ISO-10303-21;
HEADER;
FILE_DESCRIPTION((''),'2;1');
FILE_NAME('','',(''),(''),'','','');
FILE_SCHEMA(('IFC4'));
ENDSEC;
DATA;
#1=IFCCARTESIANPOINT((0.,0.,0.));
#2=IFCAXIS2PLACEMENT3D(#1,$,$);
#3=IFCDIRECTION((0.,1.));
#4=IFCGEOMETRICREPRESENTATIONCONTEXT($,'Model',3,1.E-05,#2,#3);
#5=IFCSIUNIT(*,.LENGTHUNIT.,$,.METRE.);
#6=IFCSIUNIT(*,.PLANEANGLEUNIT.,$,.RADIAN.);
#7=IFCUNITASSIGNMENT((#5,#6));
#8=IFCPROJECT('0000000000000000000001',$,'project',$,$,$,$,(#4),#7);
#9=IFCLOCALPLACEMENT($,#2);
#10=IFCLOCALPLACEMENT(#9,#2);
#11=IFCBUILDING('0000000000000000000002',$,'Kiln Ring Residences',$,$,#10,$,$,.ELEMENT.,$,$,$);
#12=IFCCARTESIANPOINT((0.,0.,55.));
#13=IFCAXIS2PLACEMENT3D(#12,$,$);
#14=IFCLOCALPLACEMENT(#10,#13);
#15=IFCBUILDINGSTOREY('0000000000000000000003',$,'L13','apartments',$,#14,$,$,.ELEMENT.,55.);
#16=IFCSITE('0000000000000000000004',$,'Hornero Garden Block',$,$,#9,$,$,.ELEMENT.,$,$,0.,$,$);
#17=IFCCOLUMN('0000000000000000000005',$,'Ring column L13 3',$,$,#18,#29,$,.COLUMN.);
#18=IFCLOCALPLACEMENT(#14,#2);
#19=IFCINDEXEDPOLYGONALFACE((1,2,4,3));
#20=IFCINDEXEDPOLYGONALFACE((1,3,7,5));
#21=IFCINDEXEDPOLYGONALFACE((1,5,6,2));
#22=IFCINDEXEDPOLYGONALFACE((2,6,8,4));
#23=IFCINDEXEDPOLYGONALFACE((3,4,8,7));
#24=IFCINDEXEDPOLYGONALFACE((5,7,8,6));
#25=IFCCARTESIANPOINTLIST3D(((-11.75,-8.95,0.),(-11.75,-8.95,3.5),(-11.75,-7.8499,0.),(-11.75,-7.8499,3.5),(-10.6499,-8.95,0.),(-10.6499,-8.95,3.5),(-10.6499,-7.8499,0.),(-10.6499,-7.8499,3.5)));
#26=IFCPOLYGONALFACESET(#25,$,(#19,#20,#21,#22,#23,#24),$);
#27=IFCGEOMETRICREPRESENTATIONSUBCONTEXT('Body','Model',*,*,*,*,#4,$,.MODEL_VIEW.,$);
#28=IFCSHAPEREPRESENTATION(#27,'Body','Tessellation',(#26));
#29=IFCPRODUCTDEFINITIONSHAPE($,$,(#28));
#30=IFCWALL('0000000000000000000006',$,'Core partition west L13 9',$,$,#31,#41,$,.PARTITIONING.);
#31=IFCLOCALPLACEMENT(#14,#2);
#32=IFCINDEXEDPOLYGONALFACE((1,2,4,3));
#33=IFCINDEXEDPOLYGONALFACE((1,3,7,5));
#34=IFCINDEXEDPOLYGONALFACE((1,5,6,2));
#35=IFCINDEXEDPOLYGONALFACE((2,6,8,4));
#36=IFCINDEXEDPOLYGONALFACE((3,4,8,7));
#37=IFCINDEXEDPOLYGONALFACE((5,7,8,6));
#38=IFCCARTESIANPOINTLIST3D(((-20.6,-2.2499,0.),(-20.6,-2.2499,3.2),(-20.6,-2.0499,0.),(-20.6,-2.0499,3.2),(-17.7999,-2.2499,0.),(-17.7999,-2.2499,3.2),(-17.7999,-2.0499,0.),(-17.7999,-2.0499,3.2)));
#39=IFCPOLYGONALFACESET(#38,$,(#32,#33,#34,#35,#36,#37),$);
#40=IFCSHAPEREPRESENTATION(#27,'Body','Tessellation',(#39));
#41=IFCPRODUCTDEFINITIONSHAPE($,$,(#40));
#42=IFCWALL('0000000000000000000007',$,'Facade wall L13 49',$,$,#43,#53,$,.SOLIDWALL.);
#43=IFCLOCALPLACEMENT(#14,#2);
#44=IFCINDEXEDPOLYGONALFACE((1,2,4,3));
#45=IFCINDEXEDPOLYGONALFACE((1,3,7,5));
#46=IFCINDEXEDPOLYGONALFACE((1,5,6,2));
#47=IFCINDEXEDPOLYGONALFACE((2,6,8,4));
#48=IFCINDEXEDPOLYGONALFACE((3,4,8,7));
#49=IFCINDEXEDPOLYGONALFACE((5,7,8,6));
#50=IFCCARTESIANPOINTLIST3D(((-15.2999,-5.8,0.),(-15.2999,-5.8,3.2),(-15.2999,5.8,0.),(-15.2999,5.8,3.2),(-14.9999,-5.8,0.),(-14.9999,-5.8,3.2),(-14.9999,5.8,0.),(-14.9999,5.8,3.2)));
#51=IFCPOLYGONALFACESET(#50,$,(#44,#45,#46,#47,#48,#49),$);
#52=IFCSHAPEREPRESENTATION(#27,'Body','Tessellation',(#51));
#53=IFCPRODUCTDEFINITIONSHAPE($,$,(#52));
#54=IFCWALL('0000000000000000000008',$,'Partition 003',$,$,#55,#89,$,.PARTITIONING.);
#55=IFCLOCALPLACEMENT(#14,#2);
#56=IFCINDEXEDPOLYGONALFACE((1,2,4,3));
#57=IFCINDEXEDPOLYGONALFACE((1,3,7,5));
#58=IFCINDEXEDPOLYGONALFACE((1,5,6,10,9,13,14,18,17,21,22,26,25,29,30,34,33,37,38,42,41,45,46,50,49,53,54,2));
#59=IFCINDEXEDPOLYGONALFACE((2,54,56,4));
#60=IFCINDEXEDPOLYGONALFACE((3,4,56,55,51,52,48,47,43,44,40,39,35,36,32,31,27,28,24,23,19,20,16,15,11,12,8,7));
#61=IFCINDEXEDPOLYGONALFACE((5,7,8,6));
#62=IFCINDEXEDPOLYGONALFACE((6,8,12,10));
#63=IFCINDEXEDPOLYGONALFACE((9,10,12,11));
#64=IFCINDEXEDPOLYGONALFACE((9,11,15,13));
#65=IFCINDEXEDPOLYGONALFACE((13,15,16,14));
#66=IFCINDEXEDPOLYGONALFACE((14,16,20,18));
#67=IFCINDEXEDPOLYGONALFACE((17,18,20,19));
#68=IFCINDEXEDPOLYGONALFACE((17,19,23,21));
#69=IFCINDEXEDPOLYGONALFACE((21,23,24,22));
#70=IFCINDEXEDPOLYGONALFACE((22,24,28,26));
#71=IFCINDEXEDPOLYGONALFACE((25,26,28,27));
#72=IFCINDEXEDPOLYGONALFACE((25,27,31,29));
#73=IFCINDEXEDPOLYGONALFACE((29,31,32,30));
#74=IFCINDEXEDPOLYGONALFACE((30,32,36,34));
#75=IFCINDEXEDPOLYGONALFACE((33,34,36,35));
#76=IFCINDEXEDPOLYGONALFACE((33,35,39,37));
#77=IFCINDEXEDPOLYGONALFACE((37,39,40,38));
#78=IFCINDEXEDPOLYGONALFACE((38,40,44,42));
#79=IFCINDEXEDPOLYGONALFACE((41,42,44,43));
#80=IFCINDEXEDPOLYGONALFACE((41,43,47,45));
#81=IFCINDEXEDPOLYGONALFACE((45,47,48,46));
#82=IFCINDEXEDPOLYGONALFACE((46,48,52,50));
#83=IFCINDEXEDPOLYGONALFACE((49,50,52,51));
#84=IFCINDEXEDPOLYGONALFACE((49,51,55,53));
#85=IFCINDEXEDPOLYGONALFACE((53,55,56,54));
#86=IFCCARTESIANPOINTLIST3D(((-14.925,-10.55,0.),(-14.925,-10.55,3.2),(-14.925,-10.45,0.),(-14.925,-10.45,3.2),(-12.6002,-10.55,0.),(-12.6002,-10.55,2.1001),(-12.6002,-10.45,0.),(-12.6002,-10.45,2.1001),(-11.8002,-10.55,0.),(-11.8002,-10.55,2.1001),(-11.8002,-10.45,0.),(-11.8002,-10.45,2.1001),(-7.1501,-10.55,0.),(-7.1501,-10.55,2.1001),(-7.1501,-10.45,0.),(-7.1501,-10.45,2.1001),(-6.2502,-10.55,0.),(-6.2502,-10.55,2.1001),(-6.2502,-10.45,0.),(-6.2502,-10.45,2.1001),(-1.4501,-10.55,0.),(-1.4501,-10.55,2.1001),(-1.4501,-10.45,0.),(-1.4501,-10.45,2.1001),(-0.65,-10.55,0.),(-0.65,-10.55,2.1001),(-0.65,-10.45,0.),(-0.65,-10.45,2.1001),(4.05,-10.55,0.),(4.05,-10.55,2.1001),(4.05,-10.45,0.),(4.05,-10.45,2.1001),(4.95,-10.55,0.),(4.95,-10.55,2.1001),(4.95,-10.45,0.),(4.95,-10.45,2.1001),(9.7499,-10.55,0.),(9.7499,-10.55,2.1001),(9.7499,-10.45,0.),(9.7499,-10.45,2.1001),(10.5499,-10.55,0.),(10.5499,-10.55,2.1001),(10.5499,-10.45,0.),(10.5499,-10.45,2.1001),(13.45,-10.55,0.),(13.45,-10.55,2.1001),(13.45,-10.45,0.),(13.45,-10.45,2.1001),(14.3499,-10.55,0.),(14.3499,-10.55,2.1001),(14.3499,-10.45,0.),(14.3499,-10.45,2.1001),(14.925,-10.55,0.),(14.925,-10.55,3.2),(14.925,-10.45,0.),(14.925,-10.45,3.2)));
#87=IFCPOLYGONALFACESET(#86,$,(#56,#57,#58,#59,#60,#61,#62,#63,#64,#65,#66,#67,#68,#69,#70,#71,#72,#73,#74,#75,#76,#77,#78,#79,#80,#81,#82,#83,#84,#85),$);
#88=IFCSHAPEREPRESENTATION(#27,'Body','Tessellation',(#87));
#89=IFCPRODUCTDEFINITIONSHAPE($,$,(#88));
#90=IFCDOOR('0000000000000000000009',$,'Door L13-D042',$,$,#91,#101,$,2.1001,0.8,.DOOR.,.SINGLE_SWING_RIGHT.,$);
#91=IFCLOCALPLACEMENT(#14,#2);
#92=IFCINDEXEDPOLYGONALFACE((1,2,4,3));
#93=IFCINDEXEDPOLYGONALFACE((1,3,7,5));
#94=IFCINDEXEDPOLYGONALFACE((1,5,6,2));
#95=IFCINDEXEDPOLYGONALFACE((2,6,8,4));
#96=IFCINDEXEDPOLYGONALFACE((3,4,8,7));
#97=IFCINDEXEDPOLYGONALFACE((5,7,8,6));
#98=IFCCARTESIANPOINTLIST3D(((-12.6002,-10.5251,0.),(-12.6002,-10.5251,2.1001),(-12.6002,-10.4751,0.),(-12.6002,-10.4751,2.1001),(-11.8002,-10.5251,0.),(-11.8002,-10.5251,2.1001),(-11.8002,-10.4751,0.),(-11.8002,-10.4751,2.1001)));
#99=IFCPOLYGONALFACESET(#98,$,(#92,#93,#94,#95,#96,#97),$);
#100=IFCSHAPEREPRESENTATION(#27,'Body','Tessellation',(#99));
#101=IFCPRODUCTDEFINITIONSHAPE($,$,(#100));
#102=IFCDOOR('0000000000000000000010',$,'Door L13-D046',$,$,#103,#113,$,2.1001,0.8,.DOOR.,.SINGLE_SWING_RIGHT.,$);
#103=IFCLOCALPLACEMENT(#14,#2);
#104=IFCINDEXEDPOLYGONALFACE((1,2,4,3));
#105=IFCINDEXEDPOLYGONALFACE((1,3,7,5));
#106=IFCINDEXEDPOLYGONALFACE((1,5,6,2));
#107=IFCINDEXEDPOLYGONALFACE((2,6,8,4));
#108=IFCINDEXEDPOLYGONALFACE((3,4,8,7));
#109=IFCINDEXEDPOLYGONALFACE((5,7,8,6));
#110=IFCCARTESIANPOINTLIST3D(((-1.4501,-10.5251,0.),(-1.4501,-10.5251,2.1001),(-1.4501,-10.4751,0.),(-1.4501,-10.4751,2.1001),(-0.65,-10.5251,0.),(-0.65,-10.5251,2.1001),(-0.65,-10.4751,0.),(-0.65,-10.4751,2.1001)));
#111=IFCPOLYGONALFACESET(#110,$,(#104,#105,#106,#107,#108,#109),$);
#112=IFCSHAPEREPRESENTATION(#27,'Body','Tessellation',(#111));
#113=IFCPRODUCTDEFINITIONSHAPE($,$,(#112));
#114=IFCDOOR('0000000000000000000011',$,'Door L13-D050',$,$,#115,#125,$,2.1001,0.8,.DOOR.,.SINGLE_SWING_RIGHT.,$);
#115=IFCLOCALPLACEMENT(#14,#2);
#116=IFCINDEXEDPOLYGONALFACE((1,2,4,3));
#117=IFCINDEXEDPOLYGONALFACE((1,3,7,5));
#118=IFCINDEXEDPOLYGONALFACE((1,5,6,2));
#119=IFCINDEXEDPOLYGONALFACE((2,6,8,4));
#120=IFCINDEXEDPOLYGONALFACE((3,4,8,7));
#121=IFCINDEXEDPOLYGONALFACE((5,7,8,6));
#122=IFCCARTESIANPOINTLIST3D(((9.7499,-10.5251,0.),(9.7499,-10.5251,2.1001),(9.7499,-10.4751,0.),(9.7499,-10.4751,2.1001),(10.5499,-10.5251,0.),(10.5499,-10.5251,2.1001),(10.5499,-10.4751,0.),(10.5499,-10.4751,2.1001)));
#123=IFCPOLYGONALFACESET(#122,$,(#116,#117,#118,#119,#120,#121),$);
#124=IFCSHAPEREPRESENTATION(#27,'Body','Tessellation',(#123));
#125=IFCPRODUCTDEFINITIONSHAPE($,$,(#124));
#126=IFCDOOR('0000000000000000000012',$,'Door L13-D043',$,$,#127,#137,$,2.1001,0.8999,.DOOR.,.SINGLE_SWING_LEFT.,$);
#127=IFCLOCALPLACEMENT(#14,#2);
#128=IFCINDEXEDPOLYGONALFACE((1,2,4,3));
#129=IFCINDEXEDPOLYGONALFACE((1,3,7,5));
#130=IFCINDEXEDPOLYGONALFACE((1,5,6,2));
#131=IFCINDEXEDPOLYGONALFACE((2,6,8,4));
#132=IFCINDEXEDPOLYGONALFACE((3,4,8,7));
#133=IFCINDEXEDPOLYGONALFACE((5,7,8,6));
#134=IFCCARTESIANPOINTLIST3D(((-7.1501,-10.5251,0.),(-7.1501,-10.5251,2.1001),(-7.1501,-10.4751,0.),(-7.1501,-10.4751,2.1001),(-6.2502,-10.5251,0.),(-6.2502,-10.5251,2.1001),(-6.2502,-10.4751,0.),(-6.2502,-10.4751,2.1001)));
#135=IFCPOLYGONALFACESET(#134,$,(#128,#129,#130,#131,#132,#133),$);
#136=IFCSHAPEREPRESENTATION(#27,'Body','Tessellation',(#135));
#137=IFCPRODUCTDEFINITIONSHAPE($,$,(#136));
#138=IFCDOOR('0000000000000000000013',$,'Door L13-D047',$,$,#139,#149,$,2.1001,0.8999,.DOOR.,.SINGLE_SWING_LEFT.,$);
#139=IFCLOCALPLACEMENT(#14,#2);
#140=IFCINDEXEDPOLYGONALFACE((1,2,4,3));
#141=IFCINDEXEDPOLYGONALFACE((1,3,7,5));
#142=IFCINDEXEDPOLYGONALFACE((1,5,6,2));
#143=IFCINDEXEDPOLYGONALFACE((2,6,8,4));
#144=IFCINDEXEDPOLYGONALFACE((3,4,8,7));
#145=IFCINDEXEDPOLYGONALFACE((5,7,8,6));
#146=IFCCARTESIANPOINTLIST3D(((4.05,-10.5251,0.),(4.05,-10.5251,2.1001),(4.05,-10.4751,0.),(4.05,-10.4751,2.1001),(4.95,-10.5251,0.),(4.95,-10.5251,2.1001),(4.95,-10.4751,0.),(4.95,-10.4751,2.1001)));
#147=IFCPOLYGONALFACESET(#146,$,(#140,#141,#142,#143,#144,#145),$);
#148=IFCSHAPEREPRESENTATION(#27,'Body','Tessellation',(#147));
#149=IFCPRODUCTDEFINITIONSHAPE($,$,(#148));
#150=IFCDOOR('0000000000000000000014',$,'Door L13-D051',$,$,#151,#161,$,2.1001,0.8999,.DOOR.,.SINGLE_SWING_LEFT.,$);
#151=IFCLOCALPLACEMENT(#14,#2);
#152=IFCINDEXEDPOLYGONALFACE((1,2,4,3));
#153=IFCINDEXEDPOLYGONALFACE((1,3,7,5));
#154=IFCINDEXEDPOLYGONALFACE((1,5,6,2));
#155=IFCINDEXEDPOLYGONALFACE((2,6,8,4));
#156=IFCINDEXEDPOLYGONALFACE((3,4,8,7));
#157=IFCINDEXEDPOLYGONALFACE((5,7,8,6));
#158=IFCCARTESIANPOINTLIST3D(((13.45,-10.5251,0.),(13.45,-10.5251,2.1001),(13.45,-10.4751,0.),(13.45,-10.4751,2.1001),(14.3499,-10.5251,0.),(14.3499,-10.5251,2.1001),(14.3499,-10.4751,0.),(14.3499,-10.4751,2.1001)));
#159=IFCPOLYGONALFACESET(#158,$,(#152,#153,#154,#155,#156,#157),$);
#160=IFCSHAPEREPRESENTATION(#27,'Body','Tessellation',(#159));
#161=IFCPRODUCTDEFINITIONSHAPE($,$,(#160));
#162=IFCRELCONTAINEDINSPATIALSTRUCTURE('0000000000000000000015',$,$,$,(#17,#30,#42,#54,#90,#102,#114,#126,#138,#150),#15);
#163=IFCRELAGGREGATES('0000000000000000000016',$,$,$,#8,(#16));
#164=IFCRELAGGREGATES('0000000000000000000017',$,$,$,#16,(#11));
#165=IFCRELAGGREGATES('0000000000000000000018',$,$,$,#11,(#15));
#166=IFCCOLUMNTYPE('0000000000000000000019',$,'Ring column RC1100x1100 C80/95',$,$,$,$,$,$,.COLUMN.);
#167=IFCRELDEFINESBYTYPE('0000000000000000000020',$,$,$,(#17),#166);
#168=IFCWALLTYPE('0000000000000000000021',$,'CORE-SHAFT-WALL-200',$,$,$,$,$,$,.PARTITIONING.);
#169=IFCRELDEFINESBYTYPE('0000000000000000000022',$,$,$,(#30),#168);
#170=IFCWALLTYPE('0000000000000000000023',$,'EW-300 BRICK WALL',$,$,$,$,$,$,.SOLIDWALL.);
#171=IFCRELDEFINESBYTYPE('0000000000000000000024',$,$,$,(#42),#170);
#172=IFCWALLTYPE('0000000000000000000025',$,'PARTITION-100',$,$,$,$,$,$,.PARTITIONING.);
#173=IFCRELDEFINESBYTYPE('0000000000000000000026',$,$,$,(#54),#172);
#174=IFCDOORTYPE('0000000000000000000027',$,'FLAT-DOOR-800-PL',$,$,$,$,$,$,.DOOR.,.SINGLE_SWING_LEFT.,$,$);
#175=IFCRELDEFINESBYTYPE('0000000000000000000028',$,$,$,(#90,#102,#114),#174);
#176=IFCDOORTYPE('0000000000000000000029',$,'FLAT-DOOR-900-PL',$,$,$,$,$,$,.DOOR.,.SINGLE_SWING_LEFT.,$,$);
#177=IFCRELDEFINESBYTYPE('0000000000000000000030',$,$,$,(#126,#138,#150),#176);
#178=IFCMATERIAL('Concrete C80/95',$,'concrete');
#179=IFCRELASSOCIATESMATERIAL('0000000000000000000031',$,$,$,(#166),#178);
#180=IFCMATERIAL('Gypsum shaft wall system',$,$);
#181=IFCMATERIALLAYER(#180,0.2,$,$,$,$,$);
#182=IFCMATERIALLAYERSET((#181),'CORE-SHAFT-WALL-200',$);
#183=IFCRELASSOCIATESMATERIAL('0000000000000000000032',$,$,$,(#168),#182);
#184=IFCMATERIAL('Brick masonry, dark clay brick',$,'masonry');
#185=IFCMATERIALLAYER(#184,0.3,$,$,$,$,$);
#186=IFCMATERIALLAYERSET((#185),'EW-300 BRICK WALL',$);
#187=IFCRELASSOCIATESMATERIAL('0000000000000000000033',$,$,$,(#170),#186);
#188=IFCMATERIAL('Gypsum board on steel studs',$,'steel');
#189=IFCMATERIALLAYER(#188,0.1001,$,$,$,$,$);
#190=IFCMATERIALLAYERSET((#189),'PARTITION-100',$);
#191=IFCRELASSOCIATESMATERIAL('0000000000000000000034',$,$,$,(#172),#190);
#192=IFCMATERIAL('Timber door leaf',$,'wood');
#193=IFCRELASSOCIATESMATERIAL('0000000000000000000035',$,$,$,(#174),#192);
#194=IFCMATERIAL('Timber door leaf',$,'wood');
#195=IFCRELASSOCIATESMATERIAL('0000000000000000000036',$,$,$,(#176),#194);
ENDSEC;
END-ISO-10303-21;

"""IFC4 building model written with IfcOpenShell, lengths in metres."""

from ifc_helpers import new_model, si_unit, direction, frame, frame_2d, origin, origin_2d, place, context, subcontext, project, spatial, rectangle, extrude, material, layer, layer_set, material_profile, profile_set, type_object, element, fill, save


model = new_model("IFC4")

# Units and contexts
model_context = context("Model", 3, precision=1e-05, world=origin(), true_north=direction((0.0, 1.0)))
body_context = subcontext(model_context, "Body", "Model", "MODEL_VIEW")
ifc_project = project(units=[si_unit("LENGTHUNIT", "METRE"), si_unit("PLANEANGLEUNIT", "RADIAN")], contexts=[model_context])

# Site, building, storey
site_placement = place(None, origin())
site = spatial("IfcSite", under=ifc_project, at=site_placement, Name="Hornero Garden Block", CompositionType="ELEMENT", RefElevation=0.0)
building_placement = place(site_placement, origin())
building = spatial("IfcBuilding", under=site, at=building_placement, Name="Kiln Ring Residences", CompositionType="ELEMENT")
storey_placement = place(building_placement, frame((0.0, 0.0, 55.0)))
storey = spatial("IfcBuildingStorey", under=building, at=storey_placement, Name="L13", Description="apartments", CompositionType="ELEMENT", Elevation=55.0)

# Column
ifc_material_1 = material(Name="Concrete C80/95", Category="concrete")
ifc_material_profile = material_profile(ifc_material_1, rectangle(XDim=1.1001, YDim=1.1001, at=origin_2d()), Name="RC1100x1100")
ifc_profile_set = profile_set([ifc_material_profile], Name="Concrete C80/95")
column_type = type_object("IfcColumnType", Name="Ring column RC1100x1100 C80/95", PredefinedType="COLUMN", material=ifc_profile_set)
column_placement = place(storey_placement, frame((-11.2, -8.3999, 0.0), z_axis=(0.0, 0.0, 1.0), x_axis=(1.0, 0.0, 0.0)))
element("IfcColumn", 1, at=column_placement, inside=storey, type_object=column_type, Name="Ring column L13 3", PredefinedType="COLUMN", context=body_context, shape_type="SweptSolid", body=[
    extrude(rectangle(XDim=1.1001, YDim=1.1001, at=origin_2d()), origin(), (0.0, 0.0, 1.0), 3.5),
])

# Walls
ifc_material_2 = material(Name="Gypsum shaft wall system")
ifc_layer_1 = layer(ifc_material_2, 0.2)
ifc_layer_set_1 = layer_set([ifc_layer_1], Name="CORE-SHAFT-WALL-200")
wall_type_1 = type_object("IfcWallType", Name="CORE-SHAFT-WALL-200", PredefinedType="PARTITIONING", material=ifc_layer_set_1)
wall_1_placement = place(storey_placement, frame((-17.8, -2.1499, 0.0), z_axis=(0.0, 0.0, 1.0), x_axis=(-1.0, 0.0, 0.0)))
element("IfcWall", 2, at=wall_1_placement, inside=storey, type_object=wall_type_1, Name="Core partition west L13 9", PredefinedType="PARTITIONING", context=body_context, shape_type="SweptSolid", body=[
    extrude(rectangle(XDim=2.8, YDim=0.2, at=frame_2d((1.3999, 0.0))), origin(), (0.0, 0.0, 1.0), 3.2),
])
ifc_material_3 = material(Name="Brick masonry, dark clay brick", Category="masonry")
ifc_layer_2 = layer(ifc_material_3, 0.3)
ifc_layer_set_2 = layer_set([ifc_layer_2], Name="EW-300 BRICK WALL")
wall_type_2 = type_object("IfcWallType", Name="EW-300 BRICK WALL", PredefinedType="SOLIDWALL", material=ifc_layer_set_2)
wall_2_placement = place(storey_placement, frame((-15.1499, -5.8, 0.0), z_axis=(0.0, 0.0, 1.0), x_axis=(0.0, 1.0, 0.0)))
element("IfcWall", 3, at=wall_2_placement, inside=storey, type_object=wall_type_2, Name="Facade wall L13 49", PredefinedType="SOLIDWALL", context=body_context, shape_type="SweptSolid", body=[
    extrude(rectangle(XDim=11.6001, YDim=0.3, at=frame_2d((5.8, 0.0))), origin(), (0.0, 0.0, 1.0), 3.2),
])

# Wall, openings, doors
ifc_material_4 = material(Name="Gypsum board on steel studs", Category="steel")
ifc_layer_3 = layer(ifc_material_4, 0.1001)
ifc_layer_set_3 = layer_set([ifc_layer_3], Name="PARTITION-100")
wall_type_3 = type_object("IfcWallType", Name="PARTITION-100", PredefinedType="PARTITIONING", material=ifc_layer_set_3)
wall_3_placement = place(storey_placement, frame((-14.925, -10.5, 0.0), z_axis=(0.0, 0.0, 1.0), x_axis=(1.0, 0.0, 0.0)))
wall_3 = element("IfcWall", 4, at=wall_3_placement, inside=storey, type_object=wall_type_3, Name="Partition 003", PredefinedType="PARTITIONING", context=body_context, shape_type="SweptSolid", body=[
    extrude(rectangle(XDim=29.8501, YDim=0.1001, at=frame_2d((14.925, 0.0))), origin(), (0.0, 0.0, 1.0), 3.2),
])
opening_1_placement = place(wall_3_placement, frame((2.325, 0.0, 0.0)))
opening_1 = element("IfcOpeningElement", 5, at=opening_1_placement, cuts=wall_3, PredefinedType="OPENING", context=body_context, shape_type="SweptSolid", body=[
    extrude(rectangle(XDim=0.8, YDim=2.1001, at=frame_2d((0.3999, 1.05))), frame((0.0, 0.0601, 0.0), z_axis=(0.0, -1.0, 0.0), x_axis=(1.0, 0.0, 0.0)), (0.0, 0.0, 1.0), 0.1201),
])
opening_2_placement = place(wall_3_placement, frame((7.7749, 0.0, 0.0)))
opening_2 = element("IfcOpeningElement", 6, at=opening_2_placement, cuts=wall_3, PredefinedType="OPENING", context=body_context, shape_type="SweptSolid", body=[
    extrude(rectangle(XDim=0.8999, YDim=2.1001, at=frame_2d((0.45, 1.05))), frame((0.0, 0.0601, 0.0), z_axis=(0.0, -1.0, 0.0), x_axis=(1.0, 0.0, 0.0)), (0.0, 0.0, 1.0), 0.1201),
])
opening_3_placement = place(wall_3_placement, frame((13.4751, 0.0, 0.0)))
opening_3 = element("IfcOpeningElement", 7, at=opening_3_placement, cuts=wall_3, PredefinedType="OPENING", context=body_context, shape_type="SweptSolid", body=[
    extrude(rectangle(XDim=0.8, YDim=2.1001, at=frame_2d((0.3999, 1.05))), frame((0.0, 0.0601, 0.0), z_axis=(0.0, -1.0, 0.0), x_axis=(1.0, 0.0, 0.0)), (0.0, 0.0, 1.0), 0.1201),
])
opening_4_placement = place(wall_3_placement, frame((18.9751, 0.0, 0.0)))
opening_4 = element("IfcOpeningElement", 8, at=opening_4_placement, cuts=wall_3, PredefinedType="OPENING", context=body_context, shape_type="SweptSolid", body=[
    extrude(rectangle(XDim=0.8999, YDim=2.1001, at=frame_2d((0.45, 1.05))), frame((0.0, 0.0601, 0.0), z_axis=(0.0, -1.0, 0.0), x_axis=(1.0, 0.0, 0.0)), (0.0, 0.0, 1.0), 0.1201),
])
opening_5_placement = place(wall_3_placement, frame((24.675, 0.0, 0.0)))
opening_5 = element("IfcOpeningElement", 9, at=opening_5_placement, cuts=wall_3, PredefinedType="OPENING", context=body_context, shape_type="SweptSolid", body=[
    extrude(rectangle(XDim=0.8, YDim=2.1001, at=frame_2d((0.3999, 1.05))), frame((0.0, 0.0601, 0.0), z_axis=(0.0, -1.0, 0.0), x_axis=(1.0, 0.0, 0.0)), (0.0, 0.0, 1.0), 0.1201),
])
opening_6_placement = place(wall_3_placement, frame((28.375, 0.0, 0.0)))
opening_6 = element("IfcOpeningElement", 10, at=opening_6_placement, cuts=wall_3, PredefinedType="OPENING", context=body_context, shape_type="SweptSolid", body=[
    extrude(rectangle(XDim=0.8999, YDim=2.1001, at=frame_2d((0.45, 1.05))), frame((0.0, 0.0601, 0.0), z_axis=(0.0, -1.0, 0.0), x_axis=(1.0, 0.0, 0.0)), (0.0, 0.0, 1.0), 0.1201),
])
ifc_material_5 = material(Name="Timber door leaf", Category="wood")
door_type_1 = type_object("IfcDoorType", Name="FLAT-DOOR-800-PL", OperationType="SINGLE_SWING_LEFT", PredefinedType="DOOR", material=ifc_material_5)
door_1_placement = place(opening_1_placement, origin())
door_1 = element("IfcDoor", 11, at=door_1_placement, inside=storey, type_object=door_type_1, Name="Door L13-D042", OperationType="SINGLE_SWING_RIGHT", OverallHeight=2.1001, OverallWidth=0.8, PredefinedType="DOOR", context=body_context, shape_type="SweptSolid", body=[
    extrude(rectangle(XDim=0.8, YDim=2.1001, at=frame_2d((0.3999, 1.05))), frame((0.0, 0.0249, 0.0), z_axis=(0.0, -1.0, 0.0), x_axis=(1.0, 0.0, 0.0)), (0.0, 0.0, 1.0), 0.05),
])
fill(opening_1, door_1)
door_2_placement = place(opening_3_placement, origin())
door_2 = element("IfcDoor", 12, at=door_2_placement, inside=storey, type_object=door_type_1, Name="Door L13-D046", OperationType="SINGLE_SWING_RIGHT", OverallHeight=2.1001, OverallWidth=0.8, PredefinedType="DOOR", context=body_context, shape_type="SweptSolid", body=[
    extrude(rectangle(XDim=0.8, YDim=2.1001, at=frame_2d((0.3999, 1.05))), frame((0.0, 0.0249, 0.0), z_axis=(0.0, -1.0, 0.0), x_axis=(1.0, 0.0, 0.0)), (0.0, 0.0, 1.0), 0.05),
])
fill(opening_3, door_2)
door_3_placement = place(opening_5_placement, origin())
door_3 = element("IfcDoor", 13, at=door_3_placement, inside=storey, type_object=door_type_1, Name="Door L13-D050", OperationType="SINGLE_SWING_RIGHT", OverallHeight=2.1001, OverallWidth=0.8, PredefinedType="DOOR", context=body_context, shape_type="SweptSolid", body=[
    extrude(rectangle(XDim=0.8, YDim=2.1001, at=frame_2d((0.3999, 1.05))), frame((0.0, 0.0249, 0.0), z_axis=(0.0, -1.0, 0.0), x_axis=(1.0, 0.0, 0.0)), (0.0, 0.0, 1.0), 0.05),
])
fill(opening_5, door_3)
ifc_material_6 = material(Name="Timber door leaf", Category="wood")
door_type_2 = type_object("IfcDoorType", Name="FLAT-DOOR-900-PL", OperationType="SINGLE_SWING_LEFT", PredefinedType="DOOR", material=ifc_material_6)
door_4_placement = place(opening_2_placement, origin())
door_4 = element("IfcDoor", 14, at=door_4_placement, inside=storey, type_object=door_type_2, Name="Door L13-D043", OperationType="SINGLE_SWING_LEFT", OverallHeight=2.1001, OverallWidth=0.8999, PredefinedType="DOOR", context=body_context, shape_type="SweptSolid", body=[
    extrude(rectangle(XDim=0.8999, YDim=2.1001, at=frame_2d((0.45, 1.05))), frame((0.0, 0.0249, 0.0), z_axis=(0.0, -1.0, 0.0), x_axis=(1.0, 0.0, 0.0)), (0.0, 0.0, 1.0), 0.05),
])
fill(opening_2, door_4)
door_5_placement = place(opening_4_placement, origin())
door_5 = element("IfcDoor", 15, at=door_5_placement, inside=storey, type_object=door_type_2, Name="Door L13-D047", OperationType="SINGLE_SWING_LEFT", OverallHeight=2.1001, OverallWidth=0.8999, PredefinedType="DOOR", context=body_context, shape_type="SweptSolid", body=[
    extrude(rectangle(XDim=0.8999, YDim=2.1001, at=frame_2d((0.45, 1.05))), frame((0.0, 0.0249, 0.0), z_axis=(0.0, -1.0, 0.0), x_axis=(1.0, 0.0, 0.0)), (0.0, 0.0, 1.0), 0.05),
])
fill(opening_4, door_5)
door_6_placement = place(opening_6_placement, origin())
door_6 = element("IfcDoor", 16, at=door_6_placement, inside=storey, type_object=door_type_2, Name="Door L13-D051", OperationType="SINGLE_SWING_LEFT", OverallHeight=2.1001, OverallWidth=0.8999, PredefinedType="DOOR", context=body_context, shape_type="SweptSolid", body=[
    extrude(rectangle(XDim=0.8999, YDim=2.1001, at=frame_2d((0.45, 1.05))), frame((0.0, 0.0249, 0.0), z_axis=(0.0, -1.0, 0.0), x_axis=(1.0, 0.0, 0.0)), (0.0, 0.0, 1.0), 0.05),
])
fill(opening_6, door_6)

save(model, "model.ifc")
